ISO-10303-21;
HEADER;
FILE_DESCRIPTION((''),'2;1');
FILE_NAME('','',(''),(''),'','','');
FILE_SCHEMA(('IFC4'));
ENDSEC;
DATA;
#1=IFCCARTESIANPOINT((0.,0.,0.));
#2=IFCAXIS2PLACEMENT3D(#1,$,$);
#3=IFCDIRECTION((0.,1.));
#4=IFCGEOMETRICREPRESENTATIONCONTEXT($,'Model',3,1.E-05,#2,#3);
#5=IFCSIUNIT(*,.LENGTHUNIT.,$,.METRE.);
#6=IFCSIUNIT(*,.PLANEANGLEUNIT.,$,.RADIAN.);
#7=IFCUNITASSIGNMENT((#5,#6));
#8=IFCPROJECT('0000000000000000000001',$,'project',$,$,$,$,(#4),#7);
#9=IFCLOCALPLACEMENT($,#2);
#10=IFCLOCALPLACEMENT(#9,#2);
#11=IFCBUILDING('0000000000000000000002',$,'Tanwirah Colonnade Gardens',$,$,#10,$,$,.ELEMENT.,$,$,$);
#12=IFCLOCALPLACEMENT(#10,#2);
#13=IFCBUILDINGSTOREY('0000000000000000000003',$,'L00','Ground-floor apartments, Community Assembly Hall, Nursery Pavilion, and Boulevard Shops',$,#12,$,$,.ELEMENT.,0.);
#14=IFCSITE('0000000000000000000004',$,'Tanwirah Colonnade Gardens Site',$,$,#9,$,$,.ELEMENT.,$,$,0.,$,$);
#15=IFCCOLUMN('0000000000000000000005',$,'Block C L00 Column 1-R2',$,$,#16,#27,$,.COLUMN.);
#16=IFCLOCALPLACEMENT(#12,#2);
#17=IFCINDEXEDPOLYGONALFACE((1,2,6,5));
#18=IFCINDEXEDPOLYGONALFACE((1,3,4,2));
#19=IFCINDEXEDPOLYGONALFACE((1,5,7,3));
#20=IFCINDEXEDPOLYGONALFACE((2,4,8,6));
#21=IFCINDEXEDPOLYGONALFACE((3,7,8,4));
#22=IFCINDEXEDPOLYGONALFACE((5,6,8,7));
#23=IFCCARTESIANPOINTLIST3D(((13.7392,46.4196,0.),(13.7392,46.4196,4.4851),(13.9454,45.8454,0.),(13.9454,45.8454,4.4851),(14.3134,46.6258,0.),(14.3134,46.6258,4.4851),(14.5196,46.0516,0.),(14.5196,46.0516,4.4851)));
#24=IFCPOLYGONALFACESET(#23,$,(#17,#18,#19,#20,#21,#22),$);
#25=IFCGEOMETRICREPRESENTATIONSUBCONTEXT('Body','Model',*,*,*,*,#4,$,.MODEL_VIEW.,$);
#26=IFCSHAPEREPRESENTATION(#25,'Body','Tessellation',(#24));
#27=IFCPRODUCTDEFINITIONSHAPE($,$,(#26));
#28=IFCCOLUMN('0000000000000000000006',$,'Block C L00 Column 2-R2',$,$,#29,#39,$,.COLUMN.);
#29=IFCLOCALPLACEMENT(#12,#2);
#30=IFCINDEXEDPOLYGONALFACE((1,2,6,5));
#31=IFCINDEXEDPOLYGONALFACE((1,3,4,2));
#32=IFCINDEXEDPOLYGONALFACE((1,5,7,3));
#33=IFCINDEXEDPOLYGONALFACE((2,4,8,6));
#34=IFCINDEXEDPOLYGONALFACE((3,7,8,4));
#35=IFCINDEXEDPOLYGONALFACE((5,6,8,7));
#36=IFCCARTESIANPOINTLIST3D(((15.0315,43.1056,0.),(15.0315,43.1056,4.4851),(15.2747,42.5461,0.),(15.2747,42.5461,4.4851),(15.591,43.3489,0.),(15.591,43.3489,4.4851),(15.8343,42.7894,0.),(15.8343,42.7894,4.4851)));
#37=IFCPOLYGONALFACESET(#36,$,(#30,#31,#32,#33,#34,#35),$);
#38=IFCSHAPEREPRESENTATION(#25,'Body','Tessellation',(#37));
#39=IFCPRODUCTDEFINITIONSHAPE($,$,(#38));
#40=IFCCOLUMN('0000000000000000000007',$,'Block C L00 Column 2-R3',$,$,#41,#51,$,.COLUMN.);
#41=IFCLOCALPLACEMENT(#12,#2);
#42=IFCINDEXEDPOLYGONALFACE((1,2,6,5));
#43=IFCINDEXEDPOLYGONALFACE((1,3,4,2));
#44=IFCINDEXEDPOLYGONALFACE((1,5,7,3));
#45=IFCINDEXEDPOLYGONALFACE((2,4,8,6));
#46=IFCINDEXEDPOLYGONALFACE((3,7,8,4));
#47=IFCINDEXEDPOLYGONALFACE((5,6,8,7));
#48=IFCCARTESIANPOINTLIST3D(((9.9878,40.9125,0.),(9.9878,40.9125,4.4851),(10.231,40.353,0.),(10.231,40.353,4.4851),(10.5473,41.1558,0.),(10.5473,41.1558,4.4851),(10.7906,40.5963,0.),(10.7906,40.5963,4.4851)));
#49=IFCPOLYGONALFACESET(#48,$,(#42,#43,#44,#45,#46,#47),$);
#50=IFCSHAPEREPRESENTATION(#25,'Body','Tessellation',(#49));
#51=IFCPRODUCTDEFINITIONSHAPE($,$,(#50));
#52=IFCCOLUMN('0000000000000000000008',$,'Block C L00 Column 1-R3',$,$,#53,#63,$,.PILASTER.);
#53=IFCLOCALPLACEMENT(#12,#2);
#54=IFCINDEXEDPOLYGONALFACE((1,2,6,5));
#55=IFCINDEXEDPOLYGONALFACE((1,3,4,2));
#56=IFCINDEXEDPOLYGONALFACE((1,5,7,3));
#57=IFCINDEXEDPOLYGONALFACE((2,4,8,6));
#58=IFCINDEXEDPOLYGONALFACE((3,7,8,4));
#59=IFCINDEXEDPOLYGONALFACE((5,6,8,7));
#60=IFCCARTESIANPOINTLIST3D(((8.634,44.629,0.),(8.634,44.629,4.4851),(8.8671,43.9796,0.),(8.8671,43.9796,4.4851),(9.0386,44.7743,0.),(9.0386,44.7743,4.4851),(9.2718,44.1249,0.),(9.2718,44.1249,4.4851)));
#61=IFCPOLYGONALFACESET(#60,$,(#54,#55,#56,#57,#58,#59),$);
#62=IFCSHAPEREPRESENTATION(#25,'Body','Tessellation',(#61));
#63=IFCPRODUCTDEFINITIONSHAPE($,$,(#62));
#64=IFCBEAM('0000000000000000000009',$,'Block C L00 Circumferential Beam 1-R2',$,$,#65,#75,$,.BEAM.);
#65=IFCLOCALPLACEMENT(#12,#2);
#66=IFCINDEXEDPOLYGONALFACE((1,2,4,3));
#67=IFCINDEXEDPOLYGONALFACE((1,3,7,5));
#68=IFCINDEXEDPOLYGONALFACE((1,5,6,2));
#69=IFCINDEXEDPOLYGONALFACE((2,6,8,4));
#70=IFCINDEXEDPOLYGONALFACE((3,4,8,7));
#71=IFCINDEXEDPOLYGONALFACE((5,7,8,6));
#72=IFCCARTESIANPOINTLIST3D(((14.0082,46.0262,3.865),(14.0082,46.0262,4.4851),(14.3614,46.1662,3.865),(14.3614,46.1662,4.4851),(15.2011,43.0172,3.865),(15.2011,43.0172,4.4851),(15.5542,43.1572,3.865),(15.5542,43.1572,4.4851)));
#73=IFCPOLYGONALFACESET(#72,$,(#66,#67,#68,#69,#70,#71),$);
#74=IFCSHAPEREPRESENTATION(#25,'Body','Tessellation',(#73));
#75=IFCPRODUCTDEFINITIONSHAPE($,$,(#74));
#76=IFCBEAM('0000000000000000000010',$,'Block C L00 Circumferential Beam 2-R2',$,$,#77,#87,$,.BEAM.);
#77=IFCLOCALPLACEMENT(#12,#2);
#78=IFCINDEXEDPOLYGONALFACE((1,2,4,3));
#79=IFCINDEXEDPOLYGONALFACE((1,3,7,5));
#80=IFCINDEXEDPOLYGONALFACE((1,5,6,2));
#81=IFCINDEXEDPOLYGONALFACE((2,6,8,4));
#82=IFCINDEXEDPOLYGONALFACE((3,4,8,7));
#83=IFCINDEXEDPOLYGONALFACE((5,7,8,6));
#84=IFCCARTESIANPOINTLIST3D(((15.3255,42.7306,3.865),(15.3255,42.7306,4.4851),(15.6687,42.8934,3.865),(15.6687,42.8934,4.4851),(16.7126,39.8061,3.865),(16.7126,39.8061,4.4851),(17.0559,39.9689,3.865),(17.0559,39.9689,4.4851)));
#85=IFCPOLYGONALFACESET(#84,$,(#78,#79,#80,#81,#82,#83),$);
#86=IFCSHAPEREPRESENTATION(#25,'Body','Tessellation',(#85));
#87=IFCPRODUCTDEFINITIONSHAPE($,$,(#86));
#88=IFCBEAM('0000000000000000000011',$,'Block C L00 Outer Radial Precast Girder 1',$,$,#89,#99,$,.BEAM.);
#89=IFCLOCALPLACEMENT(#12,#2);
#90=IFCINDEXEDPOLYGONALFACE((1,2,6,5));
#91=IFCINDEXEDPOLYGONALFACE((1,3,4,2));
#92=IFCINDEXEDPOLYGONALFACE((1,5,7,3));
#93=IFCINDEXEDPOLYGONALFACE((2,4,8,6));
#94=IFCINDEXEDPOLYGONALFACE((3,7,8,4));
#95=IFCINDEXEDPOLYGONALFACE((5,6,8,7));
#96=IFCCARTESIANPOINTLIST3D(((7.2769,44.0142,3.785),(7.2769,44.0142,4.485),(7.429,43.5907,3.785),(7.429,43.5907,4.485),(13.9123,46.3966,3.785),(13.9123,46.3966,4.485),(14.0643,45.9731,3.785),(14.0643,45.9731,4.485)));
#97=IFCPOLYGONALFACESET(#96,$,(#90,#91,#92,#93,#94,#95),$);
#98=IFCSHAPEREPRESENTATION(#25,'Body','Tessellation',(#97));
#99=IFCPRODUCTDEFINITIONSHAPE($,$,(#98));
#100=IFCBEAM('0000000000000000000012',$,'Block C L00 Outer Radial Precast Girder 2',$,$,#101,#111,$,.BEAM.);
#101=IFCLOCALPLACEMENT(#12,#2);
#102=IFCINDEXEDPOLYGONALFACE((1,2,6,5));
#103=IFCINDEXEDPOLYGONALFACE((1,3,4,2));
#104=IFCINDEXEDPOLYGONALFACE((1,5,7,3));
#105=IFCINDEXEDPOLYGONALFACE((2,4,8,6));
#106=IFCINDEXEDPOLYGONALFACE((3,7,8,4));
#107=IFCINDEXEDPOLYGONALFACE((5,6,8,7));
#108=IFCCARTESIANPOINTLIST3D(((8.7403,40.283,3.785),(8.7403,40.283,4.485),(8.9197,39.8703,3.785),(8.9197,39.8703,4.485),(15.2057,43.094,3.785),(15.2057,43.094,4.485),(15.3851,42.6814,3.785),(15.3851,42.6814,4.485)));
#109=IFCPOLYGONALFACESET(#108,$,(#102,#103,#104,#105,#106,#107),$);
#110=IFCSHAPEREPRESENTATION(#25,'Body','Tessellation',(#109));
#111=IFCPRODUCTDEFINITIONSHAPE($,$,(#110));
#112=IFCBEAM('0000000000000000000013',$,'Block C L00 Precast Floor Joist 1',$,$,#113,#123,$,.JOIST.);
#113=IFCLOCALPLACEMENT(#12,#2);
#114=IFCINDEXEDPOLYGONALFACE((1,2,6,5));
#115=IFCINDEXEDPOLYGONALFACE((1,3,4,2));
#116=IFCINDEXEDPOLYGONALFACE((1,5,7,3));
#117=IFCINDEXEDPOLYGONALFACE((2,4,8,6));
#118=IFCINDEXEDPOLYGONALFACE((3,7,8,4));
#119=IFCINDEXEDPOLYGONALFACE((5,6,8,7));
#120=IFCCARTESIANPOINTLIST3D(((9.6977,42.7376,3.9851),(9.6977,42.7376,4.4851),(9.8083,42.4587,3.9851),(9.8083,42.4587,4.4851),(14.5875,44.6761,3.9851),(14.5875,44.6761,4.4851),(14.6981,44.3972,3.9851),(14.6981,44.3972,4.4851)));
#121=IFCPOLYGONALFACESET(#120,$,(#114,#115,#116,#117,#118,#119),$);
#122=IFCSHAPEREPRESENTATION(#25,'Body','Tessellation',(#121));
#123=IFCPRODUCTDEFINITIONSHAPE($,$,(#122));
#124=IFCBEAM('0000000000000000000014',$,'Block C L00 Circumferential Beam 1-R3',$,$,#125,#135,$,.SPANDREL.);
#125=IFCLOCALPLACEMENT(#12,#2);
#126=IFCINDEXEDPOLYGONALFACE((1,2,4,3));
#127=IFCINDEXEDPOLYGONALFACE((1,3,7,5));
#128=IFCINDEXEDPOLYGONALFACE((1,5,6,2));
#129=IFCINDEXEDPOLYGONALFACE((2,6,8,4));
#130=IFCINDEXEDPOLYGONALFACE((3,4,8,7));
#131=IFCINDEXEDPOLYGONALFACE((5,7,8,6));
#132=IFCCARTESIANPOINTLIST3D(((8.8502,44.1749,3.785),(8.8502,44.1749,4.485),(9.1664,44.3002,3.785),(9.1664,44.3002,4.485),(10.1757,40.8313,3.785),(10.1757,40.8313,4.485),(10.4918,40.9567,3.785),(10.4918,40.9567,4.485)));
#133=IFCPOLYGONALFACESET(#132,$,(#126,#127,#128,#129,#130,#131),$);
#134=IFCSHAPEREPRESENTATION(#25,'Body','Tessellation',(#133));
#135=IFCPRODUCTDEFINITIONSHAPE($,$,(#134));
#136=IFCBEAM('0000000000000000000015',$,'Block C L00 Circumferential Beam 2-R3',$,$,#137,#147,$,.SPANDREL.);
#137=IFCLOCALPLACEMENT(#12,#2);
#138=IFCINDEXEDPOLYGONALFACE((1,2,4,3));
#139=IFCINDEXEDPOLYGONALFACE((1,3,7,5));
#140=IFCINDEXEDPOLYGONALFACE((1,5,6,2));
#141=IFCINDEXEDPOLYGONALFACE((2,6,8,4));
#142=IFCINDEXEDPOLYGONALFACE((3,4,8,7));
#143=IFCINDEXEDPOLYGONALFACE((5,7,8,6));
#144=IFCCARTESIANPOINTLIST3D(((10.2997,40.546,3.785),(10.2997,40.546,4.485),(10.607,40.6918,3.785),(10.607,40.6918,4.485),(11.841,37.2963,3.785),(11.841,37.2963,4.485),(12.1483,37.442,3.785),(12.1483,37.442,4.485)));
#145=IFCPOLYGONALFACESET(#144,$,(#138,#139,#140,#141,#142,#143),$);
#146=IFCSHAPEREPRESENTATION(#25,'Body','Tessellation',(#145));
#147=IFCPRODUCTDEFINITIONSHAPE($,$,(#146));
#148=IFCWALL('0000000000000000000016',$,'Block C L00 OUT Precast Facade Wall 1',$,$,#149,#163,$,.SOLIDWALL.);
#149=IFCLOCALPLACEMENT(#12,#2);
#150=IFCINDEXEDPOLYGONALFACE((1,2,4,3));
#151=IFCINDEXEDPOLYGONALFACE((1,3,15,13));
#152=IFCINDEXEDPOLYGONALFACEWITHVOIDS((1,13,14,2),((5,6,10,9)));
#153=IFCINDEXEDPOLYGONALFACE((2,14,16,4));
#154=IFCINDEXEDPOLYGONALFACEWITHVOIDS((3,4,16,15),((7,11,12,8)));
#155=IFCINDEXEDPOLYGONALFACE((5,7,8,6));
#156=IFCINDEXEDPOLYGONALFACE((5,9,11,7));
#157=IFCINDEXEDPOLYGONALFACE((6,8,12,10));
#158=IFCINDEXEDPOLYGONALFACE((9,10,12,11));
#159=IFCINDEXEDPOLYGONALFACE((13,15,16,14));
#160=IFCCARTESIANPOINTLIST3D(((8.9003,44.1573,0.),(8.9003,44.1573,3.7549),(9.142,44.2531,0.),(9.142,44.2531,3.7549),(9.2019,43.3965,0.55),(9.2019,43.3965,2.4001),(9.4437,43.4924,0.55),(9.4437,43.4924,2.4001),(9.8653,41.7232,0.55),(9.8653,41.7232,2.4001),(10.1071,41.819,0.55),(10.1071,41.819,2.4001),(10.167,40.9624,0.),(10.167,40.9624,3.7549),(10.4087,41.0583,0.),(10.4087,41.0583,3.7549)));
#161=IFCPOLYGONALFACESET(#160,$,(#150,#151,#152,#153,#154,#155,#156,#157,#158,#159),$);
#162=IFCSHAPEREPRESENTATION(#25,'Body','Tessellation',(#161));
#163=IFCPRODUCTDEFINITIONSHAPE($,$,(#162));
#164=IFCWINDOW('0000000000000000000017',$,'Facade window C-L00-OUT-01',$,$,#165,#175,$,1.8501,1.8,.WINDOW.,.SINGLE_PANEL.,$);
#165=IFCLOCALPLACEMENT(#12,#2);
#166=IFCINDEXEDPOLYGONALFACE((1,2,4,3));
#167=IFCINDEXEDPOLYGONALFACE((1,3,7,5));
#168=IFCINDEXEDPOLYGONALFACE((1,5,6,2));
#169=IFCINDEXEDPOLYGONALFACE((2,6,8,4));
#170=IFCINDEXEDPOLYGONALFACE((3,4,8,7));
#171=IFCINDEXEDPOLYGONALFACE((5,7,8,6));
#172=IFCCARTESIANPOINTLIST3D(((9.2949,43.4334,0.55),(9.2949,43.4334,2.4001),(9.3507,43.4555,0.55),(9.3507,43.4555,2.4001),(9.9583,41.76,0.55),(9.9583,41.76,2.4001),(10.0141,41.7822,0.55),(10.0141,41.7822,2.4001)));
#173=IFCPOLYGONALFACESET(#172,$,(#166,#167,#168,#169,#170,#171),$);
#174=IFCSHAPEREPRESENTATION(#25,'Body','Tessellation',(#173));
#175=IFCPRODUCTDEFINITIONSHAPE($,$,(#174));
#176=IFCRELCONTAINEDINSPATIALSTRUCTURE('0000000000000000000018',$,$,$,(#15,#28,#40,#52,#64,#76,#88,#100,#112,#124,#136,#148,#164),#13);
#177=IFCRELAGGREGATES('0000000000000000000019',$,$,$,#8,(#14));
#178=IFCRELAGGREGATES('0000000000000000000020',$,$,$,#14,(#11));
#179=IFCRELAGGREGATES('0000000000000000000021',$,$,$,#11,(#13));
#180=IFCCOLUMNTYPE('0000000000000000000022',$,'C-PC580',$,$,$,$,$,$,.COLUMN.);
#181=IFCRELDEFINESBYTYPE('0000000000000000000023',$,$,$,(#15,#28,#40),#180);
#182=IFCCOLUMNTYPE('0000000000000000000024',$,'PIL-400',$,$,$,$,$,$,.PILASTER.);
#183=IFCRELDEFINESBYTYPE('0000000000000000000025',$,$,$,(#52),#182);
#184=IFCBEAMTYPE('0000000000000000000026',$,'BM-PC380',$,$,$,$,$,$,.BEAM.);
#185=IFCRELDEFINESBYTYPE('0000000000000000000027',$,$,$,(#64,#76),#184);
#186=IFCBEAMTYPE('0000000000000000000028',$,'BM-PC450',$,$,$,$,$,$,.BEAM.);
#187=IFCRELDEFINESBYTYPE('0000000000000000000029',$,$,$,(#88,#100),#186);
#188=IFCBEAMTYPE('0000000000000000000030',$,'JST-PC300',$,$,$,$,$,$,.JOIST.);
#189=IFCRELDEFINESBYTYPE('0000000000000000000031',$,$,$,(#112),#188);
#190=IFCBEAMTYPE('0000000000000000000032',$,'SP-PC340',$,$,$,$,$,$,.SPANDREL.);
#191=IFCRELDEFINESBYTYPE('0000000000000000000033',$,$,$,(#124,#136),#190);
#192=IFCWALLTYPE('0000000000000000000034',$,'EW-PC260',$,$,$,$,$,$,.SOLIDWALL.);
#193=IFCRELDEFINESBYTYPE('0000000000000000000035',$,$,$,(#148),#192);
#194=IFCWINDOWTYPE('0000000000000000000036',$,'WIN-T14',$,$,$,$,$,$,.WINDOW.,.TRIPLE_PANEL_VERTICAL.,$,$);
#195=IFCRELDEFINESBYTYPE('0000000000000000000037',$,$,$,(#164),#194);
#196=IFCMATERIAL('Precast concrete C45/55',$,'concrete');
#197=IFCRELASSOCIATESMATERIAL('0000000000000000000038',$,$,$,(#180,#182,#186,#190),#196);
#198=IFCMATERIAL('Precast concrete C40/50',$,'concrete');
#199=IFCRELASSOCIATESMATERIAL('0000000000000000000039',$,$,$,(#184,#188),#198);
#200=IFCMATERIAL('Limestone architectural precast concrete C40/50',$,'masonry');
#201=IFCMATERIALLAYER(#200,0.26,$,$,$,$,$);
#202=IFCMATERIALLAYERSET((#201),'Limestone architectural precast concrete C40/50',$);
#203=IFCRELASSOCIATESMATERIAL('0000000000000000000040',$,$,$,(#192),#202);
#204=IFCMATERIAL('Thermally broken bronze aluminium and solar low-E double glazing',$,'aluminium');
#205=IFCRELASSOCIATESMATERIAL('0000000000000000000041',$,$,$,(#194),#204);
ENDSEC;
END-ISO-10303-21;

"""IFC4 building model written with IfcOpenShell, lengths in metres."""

from ifc_helpers import new_model, si_unit, direction, frame, frame_2d, origin, origin_2d, place, context, subcontext, project, spatial, rectangle, extrude, material, layer, layer_set, material_profile, profile_set, type_object, element, fill, save


model = new_model("IFC4")

# Units and contexts
model_context = context("Model", 3, precision=1e-05, world=origin(), true_north=direction((0.0, 1.0)))
body_context = subcontext(model_context, "Body", "Model", "MODEL_VIEW")
ifc_project = project(units=[si_unit("LENGTHUNIT", "METRE"), si_unit("PLANEANGLEUNIT", "RADIAN")], contexts=[model_context])

# Site, building, storey
site_placement = place(None, origin())
site = spatial("IfcSite", under=ifc_project, at=site_placement, Name="Tanwirah Colonnade Gardens Site", CompositionType="ELEMENT", RefElevation=0.0)
building_placement = place(site_placement, origin())
building = spatial("IfcBuilding", under=site, at=building_placement, Name="Tanwirah Colonnade Gardens", CompositionType="ELEMENT")
storey_placement = place(building_placement, origin())
storey = spatial("IfcBuildingStorey", under=building, at=storey_placement, Name="L00", Description="Ground-floor apartments, Community Assembly Hall, Nursery Pavilion, and Boulevard Shops", CompositionType="ELEMENT", Elevation=0.0)

# Columns
ifc_material_1 = material(Name="Precast concrete C45/55", Category="concrete")
ifc_material_profile_1 = material_profile(ifc_material_1, rectangle(XDim=0.6101, YDim=0.6101, at=origin_2d()), Name="PC-COL 610x610")
ifc_profile_set_1 = profile_set([ifc_material_profile_1], Name="Precast concrete C45/55")
column_type_1 = type_object("IfcColumnType", Name="C-PC580", PredefinedType="COLUMN", material=ifc_profile_set_1)
for number, where, z_axis, x_axis, name in (
    (1, (14.1294, 46.2356, 0.0), (0.0, 0.0, 1.0), (-0.941176, -0.337917, 0.0), "Block C L00 Column 1-R2"),
    (2, (15.4329, 42.9475, 0.0), (0.0, 0.0, 1.0), (-0.91706, -0.398749, 0.0), "Block C L00 Column 2-R2"),
    (3, (10.3892, 40.7544, 0.0), (0.0, 0.0, 1.0), (-0.91706, -0.398749, 0.0), "Block C L00 Column 2-R3"),
):
    element("IfcColumn", number, at=place(storey_placement, frame(where, z_axis=z_axis, x_axis=x_axis)), inside=storey, type_object=column_type_1, Name=name, PredefinedType="COLUMN", context=body_context, shape_type="SweptSolid", body=[
        extrude(rectangle(XDim=0.6101, YDim=0.6101, at=origin_2d()), origin(), (0.0, 0.0, 1.0), 4.4851),
    ])
ifc_material_profile_2 = material_profile(ifc_material_1, rectangle(XDim=0.4299, YDim=0.6899, at=origin_2d()), Name="PC-PIL 430x690")
ifc_profile_set_2 = profile_set([ifc_material_profile_2], Name="Precast concrete C45/55")
column_type_2 = type_object("IfcColumnType", Name="PIL-400", PredefinedType="PILASTER", material=ifc_profile_set_2)
column_placement = place(storey_placement, frame((8.9529, 44.377, 0.0), z_axis=(0.0, 0.0, 1.0), x_axis=(-0.941176, -0.337917, 0.0)))
element("IfcColumn", 4, at=column_placement, inside=storey, type_object=column_type_2, Name="Block C L00 Column 1-R3", PredefinedType="PILASTER", context=body_context, shape_type="SweptSolid", body=[
    extrude(rectangle(XDim=0.4299, YDim=0.6899, at=origin_2d()), origin(), (0.0, 0.0, 1.0), 4.4851),
])

# Beams
ifc_material_2 = material(Name="Precast concrete C40/50", Category="concrete")
ifc_material_profile_3 = material_profile(ifc_material_2, rectangle(XDim=0.3799, YDim=0.6201, at=origin_2d()), Name="PC-BM 380x620")
ifc_profile_set_3 = profile_set([ifc_material_profile_3], Name="Precast concrete C40/50")
beam_type_1 = type_object("IfcBeamType", Name="BM-PC380", PredefinedType="BEAM", material=ifc_profile_set_3)
for number, where, z_axis, x_axis, name in (
    (5, (14.1848, 46.0962, 4.175), (0.368528, -0.929617, 0.0), (0.929617, 0.368528, 0.0), "Block C L00 Circumferential Beam 1-R2"),
    (6, (15.4971, 42.812, 4.175), (0.428563, -0.903512, 0.0), (0.903512, 0.428563, 0.0), "Block C L00 Circumferential Beam 2-R2"),
):
    element("IfcBeam", number, at=place(storey_placement, frame(where, z_axis=z_axis, x_axis=x_axis)), inside=storey, type_object=beam_type_1, Name=name, PredefinedType="BEAM", context=body_context, shape_type="SweptSolid", body=[
        extrude(rectangle(XDim=0.3799, YDim=0.6201, at=origin_2d()), origin(), (0.0, 0.0, 1.0), 3.2368),
    ])
ifc_material_profile_4 = material_profile(ifc_material_1, rectangle(XDim=0.45, YDim=0.7, at=origin_2d()), Name="PC-BM 450x700")
ifc_profile_set_4 = profile_set([ifc_material_profile_4], Name="Precast concrete C45/55")
beam_type_2 = type_object("IfcBeamType", Name="BM-PC450", PredefinedType="BEAM", material=ifc_profile_set_4)
for number, where, z_axis, x_axis, name in (
    (7, (13.9883, 46.1848, 4.135), (-0.941175, -0.33792, 0.0), (0.33792, -0.941175, 0.0), "Block C L00 Outer Radial Precast Girder 1"),
    (8, (15.2954, 42.8877, 4.135), (-0.917069, -0.398729, 0.0), (0.398729, -0.917069, 0.0), "Block C L00 Outer Radial Precast Girder 2"),
):
    element("IfcBeam", number, at=place(storey_placement, frame(where, z_axis=z_axis, x_axis=x_axis)), inside=storey, type_object=beam_type_2, Name=name, PredefinedType="BEAM", context=body_context, shape_type="SweptSolid", body=[
        extrude(rectangle(XDim=0.45, YDim=0.7, at=origin_2d()), origin(), (0.0, 0.0, 1.0), 7.05),
    ])
ifc_material_profile_5 = material_profile(ifc_material_2, rectangle(XDim=0.3, YDim=0.5, at=origin_2d()), Name="PC-JST 300x500")
ifc_profile_set_5 = profile_set([ifc_material_profile_5], Name="Precast concrete C40/50")
beam_type_3 = type_object("IfcBeamType", Name="JST-PC300", PredefinedType="JOIST", material=ifc_profile_set_5)
beam_placement = place(storey_placement, frame((14.6428, 44.5366, 4.2351), z_axis=(-0.929618, -0.368524, 0.0), x_axis=(0.368524, -0.929618, 0.0)))
element("IfcBeam", 9, at=beam_placement, inside=storey, type_object=beam_type_3, Name="Block C L00 Precast Floor Joist 1", PredefinedType="JOIST", context=body_context, shape_type="SweptSolid", body=[
    extrude(rectangle(XDim=0.3, YDim=0.5, at=origin_2d()), origin(), (0.0, 0.0, 1.0), 5.26),
])
ifc_material_profile_6 = material_profile(ifc_material_1, rectangle(XDim=0.3401, YDim=0.7, at=origin_2d()), Name="PC-SP 340x700")
ifc_profile_set_6 = profile_set([ifc_material_profile_6], Name="Precast concrete C45/55")
beam_type_4 = type_object("IfcBeamType", Name="SP-PC340", PredefinedType="SPANDREL", material=ifc_profile_set_6)
for number, where, z_axis, x_axis, name in (
    (10, (9.0083, 44.2375, 4.135), (0.368522, -0.929619, 0.0), (0.929619, 0.368522, 0.0), "Block C L00 Circumferential Beam 1-R3"),
    (11, (10.4534, 40.6189, 4.135), (0.428518, -0.903533, 0.0), (0.903533, 0.428518, 0.0), "Block C L00 Circumferential Beam 2-R3"),
):
    element("IfcBeam", number, at=place(storey_placement, frame(where, z_axis=z_axis, x_axis=x_axis)), inside=storey, type_object=beam_type_4, Name=name, PredefinedType="SPANDREL", context=body_context, shape_type="SweptSolid", body=[
        extrude(rectangle(XDim=0.3401, YDim=0.7, at=origin_2d()), origin(), (0.0, 0.0, 1.0), 3.5967),
    ])

# Wall, opening, window
ifc_material_3 = material(Name="Limestone architectural precast concrete C40/50", Category="masonry")
ifc_layer_1 = layer(ifc_material_3, 0.26)
ifc_layer_set_1 = layer_set([ifc_layer_1], Name="Limestone architectural precast concrete C40/50")
wall_type_1 = type_object("IfcWallType", Name="EW-PC260", PredefinedType="SOLIDWALL", material=ifc_layer_set_1)
wall_1_placement = place(storey_placement, frame((9.0212, 44.2051, 0.0), z_axis=(0.0, 0.0, 1.0), x_axis=(0.368547, -0.929609, 0.0)))
wall_1 = element("IfcWall", 12, at=wall_1_placement, inside=storey, type_object=wall_type_1, Name="Block C L00 OUT Precast Facade Wall 1", PredefinedType="SOLIDWALL", context=body_context, shape_type="SweptSolid", body=[
    extrude(rectangle(XDim=3.4368, YDim=0.26, at=frame_2d((1.7183, 0.0))), origin(), (0.0, 0.0, 1.0), 3.7549),
])
opening_1_placement = place(wall_1_placement, frame((0.8184, 0.0, 0.55)))
opening_1 = element("IfcOpeningElement", 13, at=opening_1_placement, cuts=wall_1, PredefinedType="OPENING", context=body_context, shape_type="SweptSolid", body=[
    extrude(rectangle(XDim=1.8, YDim=1.8501, at=frame_2d((0.8999, 0.925))), frame((0.0, 0.1399, 0.0), z_axis=(0.0, -1.0, 0.0), x_axis=(1.0, 0.0, 0.0)), (0.0, 0.0, 1.0), 0.28),
])
ifc_material_4 = material(Name="Thermally broken bronze aluminium and solar low-E double glazing", Category="aluminium")
window_type_1 = type_object("IfcWindowType", Name="WIN-T14", PartitioningType="TRIPLE_PANEL_VERTICAL", PredefinedType="WINDOW", material=ifc_material_4)
window_1_placement = place(opening_1_placement, origin())
window_1 = element("IfcWindow", 14, at=window_1_placement, inside=storey, type_object=window_type_1, Name="Facade window C-L00-OUT-01", OverallHeight=1.8501, OverallWidth=1.8, PartitioningType="SINGLE_PANEL", PredefinedType="WINDOW", context=body_context, shape_type="SweptSolid", body=[
    extrude(rectangle(XDim=1.8, YDim=1.8501, at=frame_2d((0.8999, 0.925))), frame((0.0, 0.03, 0.0), z_axis=(0.0, -1.0, 0.0), x_axis=(1.0, 0.0, 0.0)), (0.0, 0.0, 1.0), 0.0601),
])
fill(opening_1, window_1)

save(model, "model.ifc")
